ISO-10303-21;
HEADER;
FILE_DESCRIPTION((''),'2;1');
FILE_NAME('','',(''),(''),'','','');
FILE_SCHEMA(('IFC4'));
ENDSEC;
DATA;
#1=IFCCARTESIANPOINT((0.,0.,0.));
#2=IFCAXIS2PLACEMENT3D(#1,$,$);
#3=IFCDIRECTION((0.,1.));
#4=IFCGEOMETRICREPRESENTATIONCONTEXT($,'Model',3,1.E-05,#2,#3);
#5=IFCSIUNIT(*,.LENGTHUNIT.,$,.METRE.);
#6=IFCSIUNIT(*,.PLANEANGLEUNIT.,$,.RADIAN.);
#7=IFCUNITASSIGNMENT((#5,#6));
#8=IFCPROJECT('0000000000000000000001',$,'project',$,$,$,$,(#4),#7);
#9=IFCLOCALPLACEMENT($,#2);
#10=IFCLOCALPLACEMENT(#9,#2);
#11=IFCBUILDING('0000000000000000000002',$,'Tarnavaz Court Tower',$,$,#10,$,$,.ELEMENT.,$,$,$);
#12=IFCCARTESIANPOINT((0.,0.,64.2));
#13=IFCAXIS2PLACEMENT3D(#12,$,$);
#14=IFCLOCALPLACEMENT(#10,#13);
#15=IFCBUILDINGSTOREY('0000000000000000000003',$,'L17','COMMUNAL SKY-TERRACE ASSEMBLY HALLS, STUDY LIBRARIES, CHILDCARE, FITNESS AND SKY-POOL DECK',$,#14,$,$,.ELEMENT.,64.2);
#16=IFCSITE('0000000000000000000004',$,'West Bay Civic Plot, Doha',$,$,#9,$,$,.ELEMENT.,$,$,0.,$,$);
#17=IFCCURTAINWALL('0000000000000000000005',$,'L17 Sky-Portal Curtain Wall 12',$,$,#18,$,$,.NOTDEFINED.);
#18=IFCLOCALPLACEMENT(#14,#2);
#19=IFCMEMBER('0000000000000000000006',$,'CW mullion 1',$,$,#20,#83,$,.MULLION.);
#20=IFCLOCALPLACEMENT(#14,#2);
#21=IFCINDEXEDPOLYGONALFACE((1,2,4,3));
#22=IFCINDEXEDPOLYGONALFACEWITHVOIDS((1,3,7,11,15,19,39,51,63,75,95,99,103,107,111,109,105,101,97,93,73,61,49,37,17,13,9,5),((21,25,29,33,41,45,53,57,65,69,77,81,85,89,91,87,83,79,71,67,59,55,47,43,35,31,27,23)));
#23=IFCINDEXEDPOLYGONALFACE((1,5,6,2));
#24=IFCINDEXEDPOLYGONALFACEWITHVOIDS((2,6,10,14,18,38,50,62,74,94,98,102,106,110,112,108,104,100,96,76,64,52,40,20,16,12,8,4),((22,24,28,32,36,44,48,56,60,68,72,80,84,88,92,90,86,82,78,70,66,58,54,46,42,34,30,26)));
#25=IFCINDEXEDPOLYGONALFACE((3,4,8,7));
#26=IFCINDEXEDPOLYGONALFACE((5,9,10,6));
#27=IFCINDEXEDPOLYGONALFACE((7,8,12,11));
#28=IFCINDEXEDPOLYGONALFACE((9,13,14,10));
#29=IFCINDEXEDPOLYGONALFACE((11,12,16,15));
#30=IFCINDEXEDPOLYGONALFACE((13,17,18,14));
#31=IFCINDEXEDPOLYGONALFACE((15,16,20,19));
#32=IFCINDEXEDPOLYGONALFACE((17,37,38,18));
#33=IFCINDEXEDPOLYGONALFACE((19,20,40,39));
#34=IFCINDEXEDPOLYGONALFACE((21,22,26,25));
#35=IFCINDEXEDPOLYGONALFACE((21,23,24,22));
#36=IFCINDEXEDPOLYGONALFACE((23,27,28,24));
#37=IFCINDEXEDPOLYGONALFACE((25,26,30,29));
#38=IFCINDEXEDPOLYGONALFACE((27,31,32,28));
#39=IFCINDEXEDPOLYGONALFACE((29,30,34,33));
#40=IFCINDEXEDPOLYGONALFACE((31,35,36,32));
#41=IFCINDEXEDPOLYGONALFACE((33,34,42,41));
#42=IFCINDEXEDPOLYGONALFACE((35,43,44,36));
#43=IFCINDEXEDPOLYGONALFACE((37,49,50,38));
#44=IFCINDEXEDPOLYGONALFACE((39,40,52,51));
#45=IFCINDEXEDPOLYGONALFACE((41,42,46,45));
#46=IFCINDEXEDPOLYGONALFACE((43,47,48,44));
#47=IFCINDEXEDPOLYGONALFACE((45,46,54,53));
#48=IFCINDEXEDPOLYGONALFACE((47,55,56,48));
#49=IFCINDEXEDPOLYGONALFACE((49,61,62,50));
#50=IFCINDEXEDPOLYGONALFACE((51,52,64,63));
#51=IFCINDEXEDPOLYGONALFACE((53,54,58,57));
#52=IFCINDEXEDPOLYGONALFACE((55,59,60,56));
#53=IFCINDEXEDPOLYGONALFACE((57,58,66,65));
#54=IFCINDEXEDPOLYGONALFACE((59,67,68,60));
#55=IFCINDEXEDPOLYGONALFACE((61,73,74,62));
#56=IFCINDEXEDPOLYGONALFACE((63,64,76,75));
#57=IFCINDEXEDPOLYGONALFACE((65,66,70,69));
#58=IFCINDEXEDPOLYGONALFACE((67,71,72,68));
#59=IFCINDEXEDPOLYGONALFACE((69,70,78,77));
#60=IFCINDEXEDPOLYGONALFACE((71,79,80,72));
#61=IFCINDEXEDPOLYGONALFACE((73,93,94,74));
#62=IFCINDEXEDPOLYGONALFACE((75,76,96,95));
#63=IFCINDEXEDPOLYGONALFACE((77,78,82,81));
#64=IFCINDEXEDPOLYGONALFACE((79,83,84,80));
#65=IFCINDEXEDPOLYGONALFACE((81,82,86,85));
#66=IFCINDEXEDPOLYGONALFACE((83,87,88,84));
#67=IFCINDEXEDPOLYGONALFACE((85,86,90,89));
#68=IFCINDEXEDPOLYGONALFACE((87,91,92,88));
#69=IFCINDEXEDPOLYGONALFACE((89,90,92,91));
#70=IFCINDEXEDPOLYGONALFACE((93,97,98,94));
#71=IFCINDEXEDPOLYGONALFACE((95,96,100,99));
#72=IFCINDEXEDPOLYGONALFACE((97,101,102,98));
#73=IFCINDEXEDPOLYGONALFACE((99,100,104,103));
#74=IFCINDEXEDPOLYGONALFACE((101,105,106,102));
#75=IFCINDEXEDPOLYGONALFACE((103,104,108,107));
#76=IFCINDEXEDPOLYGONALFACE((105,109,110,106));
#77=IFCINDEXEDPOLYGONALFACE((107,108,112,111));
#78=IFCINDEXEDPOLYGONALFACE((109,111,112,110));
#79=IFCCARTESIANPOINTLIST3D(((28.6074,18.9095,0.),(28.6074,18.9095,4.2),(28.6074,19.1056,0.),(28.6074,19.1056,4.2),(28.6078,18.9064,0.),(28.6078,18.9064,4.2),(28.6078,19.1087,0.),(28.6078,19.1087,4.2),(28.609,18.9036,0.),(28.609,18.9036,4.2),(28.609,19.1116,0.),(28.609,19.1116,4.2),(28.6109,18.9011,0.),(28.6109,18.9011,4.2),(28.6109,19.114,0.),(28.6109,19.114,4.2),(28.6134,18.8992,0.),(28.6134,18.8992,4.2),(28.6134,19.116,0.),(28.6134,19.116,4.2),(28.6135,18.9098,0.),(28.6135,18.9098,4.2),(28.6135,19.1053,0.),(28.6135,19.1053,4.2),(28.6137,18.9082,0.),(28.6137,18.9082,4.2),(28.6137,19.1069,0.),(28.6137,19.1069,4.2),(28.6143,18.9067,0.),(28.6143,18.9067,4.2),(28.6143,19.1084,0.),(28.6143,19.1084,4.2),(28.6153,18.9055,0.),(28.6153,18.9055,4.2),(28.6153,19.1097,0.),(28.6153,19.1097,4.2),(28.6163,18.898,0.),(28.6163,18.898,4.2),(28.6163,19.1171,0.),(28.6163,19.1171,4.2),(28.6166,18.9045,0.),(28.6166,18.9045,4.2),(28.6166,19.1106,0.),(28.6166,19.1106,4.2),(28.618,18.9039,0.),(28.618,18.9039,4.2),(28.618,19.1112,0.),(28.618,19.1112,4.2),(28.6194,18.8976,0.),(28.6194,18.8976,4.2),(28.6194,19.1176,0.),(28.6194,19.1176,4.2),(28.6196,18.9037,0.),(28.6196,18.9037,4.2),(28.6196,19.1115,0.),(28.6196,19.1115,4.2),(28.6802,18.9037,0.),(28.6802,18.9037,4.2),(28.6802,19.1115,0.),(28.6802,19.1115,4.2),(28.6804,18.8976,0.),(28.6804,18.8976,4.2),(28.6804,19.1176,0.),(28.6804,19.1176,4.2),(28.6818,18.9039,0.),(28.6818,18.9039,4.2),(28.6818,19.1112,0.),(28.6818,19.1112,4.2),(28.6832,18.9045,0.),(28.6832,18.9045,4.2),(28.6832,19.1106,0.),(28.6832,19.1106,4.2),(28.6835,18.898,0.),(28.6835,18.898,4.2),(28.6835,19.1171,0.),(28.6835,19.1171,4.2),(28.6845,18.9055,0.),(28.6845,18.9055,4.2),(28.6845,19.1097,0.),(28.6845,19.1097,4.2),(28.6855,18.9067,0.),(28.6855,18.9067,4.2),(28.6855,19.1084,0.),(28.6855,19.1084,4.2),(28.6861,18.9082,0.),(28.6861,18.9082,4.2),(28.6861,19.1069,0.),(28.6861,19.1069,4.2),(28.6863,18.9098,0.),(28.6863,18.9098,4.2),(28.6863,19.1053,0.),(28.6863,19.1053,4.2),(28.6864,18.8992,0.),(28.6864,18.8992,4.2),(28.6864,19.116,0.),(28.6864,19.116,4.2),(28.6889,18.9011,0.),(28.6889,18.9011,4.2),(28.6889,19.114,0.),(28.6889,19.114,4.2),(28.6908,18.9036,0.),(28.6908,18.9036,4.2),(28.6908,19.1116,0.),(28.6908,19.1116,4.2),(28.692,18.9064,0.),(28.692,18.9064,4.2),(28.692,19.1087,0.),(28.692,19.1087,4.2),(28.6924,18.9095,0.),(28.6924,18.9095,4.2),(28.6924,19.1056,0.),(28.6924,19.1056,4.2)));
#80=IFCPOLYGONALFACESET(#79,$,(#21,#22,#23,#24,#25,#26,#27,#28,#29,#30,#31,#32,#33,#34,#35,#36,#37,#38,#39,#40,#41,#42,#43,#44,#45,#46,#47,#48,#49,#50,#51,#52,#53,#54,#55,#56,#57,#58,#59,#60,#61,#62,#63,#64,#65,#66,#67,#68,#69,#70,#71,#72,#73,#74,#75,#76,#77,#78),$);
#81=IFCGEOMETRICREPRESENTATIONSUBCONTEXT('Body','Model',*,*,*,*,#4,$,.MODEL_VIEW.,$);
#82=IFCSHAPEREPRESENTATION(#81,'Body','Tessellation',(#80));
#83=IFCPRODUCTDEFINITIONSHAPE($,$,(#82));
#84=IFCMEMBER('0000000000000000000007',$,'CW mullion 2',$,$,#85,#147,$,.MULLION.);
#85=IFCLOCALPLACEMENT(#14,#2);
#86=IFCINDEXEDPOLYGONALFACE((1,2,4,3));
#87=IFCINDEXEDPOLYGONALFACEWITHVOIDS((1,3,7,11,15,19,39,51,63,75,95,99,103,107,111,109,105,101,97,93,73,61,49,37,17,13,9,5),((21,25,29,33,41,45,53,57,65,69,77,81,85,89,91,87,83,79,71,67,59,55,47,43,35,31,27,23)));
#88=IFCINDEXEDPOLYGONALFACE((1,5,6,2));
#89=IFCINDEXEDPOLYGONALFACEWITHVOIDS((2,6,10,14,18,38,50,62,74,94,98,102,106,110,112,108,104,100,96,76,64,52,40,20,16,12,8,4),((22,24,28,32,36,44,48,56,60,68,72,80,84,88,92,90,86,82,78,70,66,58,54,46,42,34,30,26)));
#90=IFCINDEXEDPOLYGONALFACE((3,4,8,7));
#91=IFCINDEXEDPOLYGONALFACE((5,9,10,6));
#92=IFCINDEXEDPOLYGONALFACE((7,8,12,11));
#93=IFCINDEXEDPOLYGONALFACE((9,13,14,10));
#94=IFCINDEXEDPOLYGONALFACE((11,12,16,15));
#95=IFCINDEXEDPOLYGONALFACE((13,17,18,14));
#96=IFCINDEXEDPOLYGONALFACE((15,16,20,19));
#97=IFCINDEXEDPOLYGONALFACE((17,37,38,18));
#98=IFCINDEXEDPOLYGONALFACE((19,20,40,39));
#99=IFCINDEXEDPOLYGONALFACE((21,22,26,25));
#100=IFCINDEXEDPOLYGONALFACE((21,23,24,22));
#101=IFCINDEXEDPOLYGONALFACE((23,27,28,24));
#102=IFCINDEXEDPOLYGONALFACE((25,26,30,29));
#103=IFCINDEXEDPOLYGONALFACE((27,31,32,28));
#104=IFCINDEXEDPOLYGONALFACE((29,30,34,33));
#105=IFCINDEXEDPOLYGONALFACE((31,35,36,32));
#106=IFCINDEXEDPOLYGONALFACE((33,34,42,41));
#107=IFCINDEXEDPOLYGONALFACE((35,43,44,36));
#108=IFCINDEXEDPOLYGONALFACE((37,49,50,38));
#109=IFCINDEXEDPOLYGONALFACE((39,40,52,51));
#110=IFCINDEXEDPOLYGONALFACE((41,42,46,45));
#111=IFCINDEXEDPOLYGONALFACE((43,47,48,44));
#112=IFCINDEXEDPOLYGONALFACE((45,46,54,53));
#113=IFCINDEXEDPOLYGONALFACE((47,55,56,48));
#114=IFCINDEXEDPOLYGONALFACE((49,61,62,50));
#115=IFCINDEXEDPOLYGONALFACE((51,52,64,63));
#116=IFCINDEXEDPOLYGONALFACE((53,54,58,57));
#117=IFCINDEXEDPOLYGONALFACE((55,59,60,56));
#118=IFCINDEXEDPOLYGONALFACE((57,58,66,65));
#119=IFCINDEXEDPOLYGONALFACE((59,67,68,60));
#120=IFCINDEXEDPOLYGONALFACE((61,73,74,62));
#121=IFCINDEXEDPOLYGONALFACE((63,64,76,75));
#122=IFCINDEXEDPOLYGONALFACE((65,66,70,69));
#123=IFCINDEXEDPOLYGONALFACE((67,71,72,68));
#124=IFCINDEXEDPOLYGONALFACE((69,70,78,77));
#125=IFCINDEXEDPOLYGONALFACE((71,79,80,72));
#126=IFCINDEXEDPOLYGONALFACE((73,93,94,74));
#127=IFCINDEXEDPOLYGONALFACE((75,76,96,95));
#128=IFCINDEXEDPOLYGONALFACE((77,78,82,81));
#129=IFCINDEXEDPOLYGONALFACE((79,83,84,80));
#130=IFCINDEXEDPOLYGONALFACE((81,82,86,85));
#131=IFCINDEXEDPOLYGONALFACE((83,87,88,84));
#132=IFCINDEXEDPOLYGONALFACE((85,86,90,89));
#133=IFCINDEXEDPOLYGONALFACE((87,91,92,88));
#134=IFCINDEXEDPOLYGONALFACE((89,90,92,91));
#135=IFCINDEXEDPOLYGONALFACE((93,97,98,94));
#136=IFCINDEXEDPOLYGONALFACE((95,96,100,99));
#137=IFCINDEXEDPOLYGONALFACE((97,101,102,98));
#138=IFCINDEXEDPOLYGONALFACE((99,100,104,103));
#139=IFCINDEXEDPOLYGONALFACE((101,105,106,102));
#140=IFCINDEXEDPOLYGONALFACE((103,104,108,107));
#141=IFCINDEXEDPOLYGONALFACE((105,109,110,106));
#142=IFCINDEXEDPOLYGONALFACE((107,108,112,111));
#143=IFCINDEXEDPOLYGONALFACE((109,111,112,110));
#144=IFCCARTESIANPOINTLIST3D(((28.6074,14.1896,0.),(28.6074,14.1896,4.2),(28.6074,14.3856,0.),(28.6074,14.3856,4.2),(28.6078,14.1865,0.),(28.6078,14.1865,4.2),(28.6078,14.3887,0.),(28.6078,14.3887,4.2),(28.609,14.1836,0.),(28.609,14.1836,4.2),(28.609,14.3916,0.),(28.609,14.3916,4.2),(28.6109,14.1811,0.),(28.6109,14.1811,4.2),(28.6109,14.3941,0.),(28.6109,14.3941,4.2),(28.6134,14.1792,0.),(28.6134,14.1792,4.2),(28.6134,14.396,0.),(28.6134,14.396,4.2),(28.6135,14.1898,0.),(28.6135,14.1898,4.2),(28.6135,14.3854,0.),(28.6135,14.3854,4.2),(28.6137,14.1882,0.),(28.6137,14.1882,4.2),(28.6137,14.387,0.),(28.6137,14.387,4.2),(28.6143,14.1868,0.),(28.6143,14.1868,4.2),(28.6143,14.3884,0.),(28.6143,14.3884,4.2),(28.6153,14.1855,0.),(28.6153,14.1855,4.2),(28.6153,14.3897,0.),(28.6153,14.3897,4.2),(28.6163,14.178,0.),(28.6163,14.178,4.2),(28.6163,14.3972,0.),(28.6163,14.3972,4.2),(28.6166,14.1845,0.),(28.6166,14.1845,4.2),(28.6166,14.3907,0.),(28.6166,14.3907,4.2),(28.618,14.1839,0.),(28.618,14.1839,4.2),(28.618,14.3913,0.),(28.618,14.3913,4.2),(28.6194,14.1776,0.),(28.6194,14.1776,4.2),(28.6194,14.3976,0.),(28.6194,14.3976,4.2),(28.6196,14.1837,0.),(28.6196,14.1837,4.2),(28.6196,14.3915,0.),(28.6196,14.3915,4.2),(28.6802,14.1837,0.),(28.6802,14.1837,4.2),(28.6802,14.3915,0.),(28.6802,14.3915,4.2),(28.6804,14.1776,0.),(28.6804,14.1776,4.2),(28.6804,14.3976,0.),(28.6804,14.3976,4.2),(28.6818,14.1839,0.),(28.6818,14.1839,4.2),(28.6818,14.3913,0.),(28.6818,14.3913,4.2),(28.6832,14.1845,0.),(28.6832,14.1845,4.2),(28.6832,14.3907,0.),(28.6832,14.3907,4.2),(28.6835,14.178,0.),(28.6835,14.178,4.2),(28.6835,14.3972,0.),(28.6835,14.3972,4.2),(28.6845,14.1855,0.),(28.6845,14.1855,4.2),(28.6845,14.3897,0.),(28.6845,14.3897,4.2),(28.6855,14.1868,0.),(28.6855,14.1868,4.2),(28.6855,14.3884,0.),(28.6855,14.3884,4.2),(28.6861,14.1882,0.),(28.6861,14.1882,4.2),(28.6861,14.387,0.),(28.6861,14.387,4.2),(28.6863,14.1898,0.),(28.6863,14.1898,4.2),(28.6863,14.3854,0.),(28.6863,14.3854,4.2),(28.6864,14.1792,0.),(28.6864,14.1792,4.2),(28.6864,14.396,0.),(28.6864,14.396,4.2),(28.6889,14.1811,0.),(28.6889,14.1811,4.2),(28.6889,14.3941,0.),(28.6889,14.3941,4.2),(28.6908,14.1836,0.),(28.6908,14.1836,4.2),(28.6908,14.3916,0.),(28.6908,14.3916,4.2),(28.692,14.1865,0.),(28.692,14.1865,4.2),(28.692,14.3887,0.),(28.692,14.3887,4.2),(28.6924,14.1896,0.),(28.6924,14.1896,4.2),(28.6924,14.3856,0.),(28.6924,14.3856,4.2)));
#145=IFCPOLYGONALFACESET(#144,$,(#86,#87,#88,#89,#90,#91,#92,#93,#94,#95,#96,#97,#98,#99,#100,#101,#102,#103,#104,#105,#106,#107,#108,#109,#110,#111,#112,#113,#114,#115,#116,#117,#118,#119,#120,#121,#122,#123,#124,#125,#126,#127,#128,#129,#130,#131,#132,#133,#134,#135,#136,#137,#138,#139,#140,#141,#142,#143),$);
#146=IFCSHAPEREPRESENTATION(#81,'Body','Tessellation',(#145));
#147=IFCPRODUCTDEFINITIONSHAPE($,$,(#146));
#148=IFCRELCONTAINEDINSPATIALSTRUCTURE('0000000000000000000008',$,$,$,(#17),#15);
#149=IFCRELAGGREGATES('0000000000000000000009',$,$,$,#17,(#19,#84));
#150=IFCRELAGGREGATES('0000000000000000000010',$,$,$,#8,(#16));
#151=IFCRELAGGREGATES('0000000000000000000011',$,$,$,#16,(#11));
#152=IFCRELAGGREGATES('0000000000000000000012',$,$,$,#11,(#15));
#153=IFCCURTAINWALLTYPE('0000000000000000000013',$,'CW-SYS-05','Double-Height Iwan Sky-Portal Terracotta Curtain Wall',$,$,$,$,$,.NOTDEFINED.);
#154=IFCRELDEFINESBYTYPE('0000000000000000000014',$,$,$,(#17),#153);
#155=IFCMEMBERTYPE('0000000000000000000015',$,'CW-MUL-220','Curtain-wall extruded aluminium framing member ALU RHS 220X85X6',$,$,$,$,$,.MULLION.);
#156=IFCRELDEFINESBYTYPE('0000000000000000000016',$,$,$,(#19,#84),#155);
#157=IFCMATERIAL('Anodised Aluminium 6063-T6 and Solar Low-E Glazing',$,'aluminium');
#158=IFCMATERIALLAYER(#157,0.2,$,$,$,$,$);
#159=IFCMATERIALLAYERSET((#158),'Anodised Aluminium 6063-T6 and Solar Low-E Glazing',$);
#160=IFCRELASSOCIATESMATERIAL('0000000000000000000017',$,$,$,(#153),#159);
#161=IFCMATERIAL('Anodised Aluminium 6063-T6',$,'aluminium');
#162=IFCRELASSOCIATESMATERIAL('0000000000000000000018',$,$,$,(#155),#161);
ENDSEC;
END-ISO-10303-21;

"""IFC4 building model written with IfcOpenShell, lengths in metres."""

from ifc_helpers import new_model, si_unit, direction, frame, origin, origin_2d, place, context, subcontext, project, spatial, hollow_rectangle, extrude, material, layer, layer_set, material_profile, profile_set, type_object, element, aggregate, save


model = new_model("IFC4")

# Units and contexts
model_context = context("Model", 3, precision=1e-05, world=origin(), true_north=direction((0.0, 1.0)))
body_context = subcontext(model_context, "Body", "Model", "MODEL_VIEW")
ifc_project = project(units=[si_unit("LENGTHUNIT", "METRE"), si_unit("PLANEANGLEUNIT", "RADIAN")], contexts=[model_context])

# Site, building, storey
site_placement = place(None, origin())
site = spatial("IfcSite", under=ifc_project, at=site_placement, Name="West Bay Civic Plot, Doha", CompositionType="ELEMENT", RefElevation=0.0)
building_placement = place(site_placement, origin())
building = spatial("IfcBuilding", under=site, at=building_placement, Name="Tarnavaz Court Tower", CompositionType="ELEMENT")
storey_placement = place(building_placement, frame((0.0, 0.0, 64.2)))
storey = spatial("IfcBuildingStorey", under=building, at=storey_placement, Name="L17", Description="COMMUNAL SKY-TERRACE ASSEMBLY HALLS, STUDY LIBRARIES, CHILDCARE, FITNESS AND SKY-POOL DECK", CompositionType="ELEMENT", Elevation=64.2)

# Curtain wall, members
ifc_material_1 = material(Name="Anodised Aluminium 6063-T6 and Solar Low-E Glazing", Category="aluminium")
ifc_layer_1 = layer(ifc_material_1, 0.2)
ifc_layer_set_1 = layer_set([ifc_layer_1], Name="Anodised Aluminium 6063-T6 and Solar Low-E Glazing")
curtain_wall_type = type_object("IfcCurtainWallType", Name="CW-SYS-05", Description="Double-Height Iwan Sky-Portal Terracotta Curtain Wall", PredefinedType="NOTDEFINED", material=ifc_layer_set_1)
curtain_wall_placement = place(storey_placement, origin())
curtain_wall = element("IfcCurtainWall", 1, at=curtain_wall_placement, inside=storey, type_object=curtain_wall_type, Name="L17 Sky-Portal Curtain Wall 12", PredefinedType="NOTDEFINED")
ifc_material_2 = material(Name="Anodised Aluminium 6063-T6", Category="aluminium")
ifc_material_profile_1 = material_profile(ifc_material_2, hollow_rectangle(XDim=0.085, YDim=0.22, WallThickness=0.0061, InnerFilletRadius=0.0061, OuterFilletRadius=0.012, at=origin_2d()), Name="ALU RHS 220X85X6")
ifc_profile_set_1 = profile_set([ifc_material_profile_1], Name="Anodised Aluminium 6063-T6")
member_type_1 = type_object("IfcMemberType", Name="CW-MUL-220", Description="Curtain-wall extruded aluminium framing member ALU RHS 220X85X6", PredefinedType="MULLION", material=ifc_profile_set_1)
member_1_placement = place(storey_placement, frame((28.6499, 19.0076, 0.0), z_axis=(0.0, 0.0, 1.0), x_axis=(1.0, 0.0, 0.0)))
member_1 = element("IfcMember", 2, at=member_1_placement, type_object=member_type_1, Name="CW mullion 1", PredefinedType="MULLION", context=body_context, shape_type="SweptSolid", body=[
    extrude(hollow_rectangle(XDim=0.085, YDim=0.22, WallThickness=0.0061, InnerFilletRadius=0.0061, OuterFilletRadius=0.012, at=origin_2d()), origin(), (0.0, 0.0, 1.0), 4.2),
])
member_2_placement = place(storey_placement, frame((28.6499, 14.2876, 0.0), z_axis=(0.0, 0.0, 1.0), x_axis=(1.0, 0.0, 0.0)))
member_2 = element("IfcMember", 3, at=member_2_placement, type_object=member_type_1, Name="CW mullion 2", PredefinedType="MULLION", context=body_context, shape_type="SweptSolid", body=[
    extrude(hollow_rectangle(XDim=0.085, YDim=0.22, WallThickness=0.0061, InnerFilletRadius=0.0061, OuterFilletRadius=0.012, at=origin_2d()), origin(), (0.0, 0.0, 1.0), 4.2),
])
aggregate(curtain_wall, [member_1, member_2])

save(model, "model.ifc")
